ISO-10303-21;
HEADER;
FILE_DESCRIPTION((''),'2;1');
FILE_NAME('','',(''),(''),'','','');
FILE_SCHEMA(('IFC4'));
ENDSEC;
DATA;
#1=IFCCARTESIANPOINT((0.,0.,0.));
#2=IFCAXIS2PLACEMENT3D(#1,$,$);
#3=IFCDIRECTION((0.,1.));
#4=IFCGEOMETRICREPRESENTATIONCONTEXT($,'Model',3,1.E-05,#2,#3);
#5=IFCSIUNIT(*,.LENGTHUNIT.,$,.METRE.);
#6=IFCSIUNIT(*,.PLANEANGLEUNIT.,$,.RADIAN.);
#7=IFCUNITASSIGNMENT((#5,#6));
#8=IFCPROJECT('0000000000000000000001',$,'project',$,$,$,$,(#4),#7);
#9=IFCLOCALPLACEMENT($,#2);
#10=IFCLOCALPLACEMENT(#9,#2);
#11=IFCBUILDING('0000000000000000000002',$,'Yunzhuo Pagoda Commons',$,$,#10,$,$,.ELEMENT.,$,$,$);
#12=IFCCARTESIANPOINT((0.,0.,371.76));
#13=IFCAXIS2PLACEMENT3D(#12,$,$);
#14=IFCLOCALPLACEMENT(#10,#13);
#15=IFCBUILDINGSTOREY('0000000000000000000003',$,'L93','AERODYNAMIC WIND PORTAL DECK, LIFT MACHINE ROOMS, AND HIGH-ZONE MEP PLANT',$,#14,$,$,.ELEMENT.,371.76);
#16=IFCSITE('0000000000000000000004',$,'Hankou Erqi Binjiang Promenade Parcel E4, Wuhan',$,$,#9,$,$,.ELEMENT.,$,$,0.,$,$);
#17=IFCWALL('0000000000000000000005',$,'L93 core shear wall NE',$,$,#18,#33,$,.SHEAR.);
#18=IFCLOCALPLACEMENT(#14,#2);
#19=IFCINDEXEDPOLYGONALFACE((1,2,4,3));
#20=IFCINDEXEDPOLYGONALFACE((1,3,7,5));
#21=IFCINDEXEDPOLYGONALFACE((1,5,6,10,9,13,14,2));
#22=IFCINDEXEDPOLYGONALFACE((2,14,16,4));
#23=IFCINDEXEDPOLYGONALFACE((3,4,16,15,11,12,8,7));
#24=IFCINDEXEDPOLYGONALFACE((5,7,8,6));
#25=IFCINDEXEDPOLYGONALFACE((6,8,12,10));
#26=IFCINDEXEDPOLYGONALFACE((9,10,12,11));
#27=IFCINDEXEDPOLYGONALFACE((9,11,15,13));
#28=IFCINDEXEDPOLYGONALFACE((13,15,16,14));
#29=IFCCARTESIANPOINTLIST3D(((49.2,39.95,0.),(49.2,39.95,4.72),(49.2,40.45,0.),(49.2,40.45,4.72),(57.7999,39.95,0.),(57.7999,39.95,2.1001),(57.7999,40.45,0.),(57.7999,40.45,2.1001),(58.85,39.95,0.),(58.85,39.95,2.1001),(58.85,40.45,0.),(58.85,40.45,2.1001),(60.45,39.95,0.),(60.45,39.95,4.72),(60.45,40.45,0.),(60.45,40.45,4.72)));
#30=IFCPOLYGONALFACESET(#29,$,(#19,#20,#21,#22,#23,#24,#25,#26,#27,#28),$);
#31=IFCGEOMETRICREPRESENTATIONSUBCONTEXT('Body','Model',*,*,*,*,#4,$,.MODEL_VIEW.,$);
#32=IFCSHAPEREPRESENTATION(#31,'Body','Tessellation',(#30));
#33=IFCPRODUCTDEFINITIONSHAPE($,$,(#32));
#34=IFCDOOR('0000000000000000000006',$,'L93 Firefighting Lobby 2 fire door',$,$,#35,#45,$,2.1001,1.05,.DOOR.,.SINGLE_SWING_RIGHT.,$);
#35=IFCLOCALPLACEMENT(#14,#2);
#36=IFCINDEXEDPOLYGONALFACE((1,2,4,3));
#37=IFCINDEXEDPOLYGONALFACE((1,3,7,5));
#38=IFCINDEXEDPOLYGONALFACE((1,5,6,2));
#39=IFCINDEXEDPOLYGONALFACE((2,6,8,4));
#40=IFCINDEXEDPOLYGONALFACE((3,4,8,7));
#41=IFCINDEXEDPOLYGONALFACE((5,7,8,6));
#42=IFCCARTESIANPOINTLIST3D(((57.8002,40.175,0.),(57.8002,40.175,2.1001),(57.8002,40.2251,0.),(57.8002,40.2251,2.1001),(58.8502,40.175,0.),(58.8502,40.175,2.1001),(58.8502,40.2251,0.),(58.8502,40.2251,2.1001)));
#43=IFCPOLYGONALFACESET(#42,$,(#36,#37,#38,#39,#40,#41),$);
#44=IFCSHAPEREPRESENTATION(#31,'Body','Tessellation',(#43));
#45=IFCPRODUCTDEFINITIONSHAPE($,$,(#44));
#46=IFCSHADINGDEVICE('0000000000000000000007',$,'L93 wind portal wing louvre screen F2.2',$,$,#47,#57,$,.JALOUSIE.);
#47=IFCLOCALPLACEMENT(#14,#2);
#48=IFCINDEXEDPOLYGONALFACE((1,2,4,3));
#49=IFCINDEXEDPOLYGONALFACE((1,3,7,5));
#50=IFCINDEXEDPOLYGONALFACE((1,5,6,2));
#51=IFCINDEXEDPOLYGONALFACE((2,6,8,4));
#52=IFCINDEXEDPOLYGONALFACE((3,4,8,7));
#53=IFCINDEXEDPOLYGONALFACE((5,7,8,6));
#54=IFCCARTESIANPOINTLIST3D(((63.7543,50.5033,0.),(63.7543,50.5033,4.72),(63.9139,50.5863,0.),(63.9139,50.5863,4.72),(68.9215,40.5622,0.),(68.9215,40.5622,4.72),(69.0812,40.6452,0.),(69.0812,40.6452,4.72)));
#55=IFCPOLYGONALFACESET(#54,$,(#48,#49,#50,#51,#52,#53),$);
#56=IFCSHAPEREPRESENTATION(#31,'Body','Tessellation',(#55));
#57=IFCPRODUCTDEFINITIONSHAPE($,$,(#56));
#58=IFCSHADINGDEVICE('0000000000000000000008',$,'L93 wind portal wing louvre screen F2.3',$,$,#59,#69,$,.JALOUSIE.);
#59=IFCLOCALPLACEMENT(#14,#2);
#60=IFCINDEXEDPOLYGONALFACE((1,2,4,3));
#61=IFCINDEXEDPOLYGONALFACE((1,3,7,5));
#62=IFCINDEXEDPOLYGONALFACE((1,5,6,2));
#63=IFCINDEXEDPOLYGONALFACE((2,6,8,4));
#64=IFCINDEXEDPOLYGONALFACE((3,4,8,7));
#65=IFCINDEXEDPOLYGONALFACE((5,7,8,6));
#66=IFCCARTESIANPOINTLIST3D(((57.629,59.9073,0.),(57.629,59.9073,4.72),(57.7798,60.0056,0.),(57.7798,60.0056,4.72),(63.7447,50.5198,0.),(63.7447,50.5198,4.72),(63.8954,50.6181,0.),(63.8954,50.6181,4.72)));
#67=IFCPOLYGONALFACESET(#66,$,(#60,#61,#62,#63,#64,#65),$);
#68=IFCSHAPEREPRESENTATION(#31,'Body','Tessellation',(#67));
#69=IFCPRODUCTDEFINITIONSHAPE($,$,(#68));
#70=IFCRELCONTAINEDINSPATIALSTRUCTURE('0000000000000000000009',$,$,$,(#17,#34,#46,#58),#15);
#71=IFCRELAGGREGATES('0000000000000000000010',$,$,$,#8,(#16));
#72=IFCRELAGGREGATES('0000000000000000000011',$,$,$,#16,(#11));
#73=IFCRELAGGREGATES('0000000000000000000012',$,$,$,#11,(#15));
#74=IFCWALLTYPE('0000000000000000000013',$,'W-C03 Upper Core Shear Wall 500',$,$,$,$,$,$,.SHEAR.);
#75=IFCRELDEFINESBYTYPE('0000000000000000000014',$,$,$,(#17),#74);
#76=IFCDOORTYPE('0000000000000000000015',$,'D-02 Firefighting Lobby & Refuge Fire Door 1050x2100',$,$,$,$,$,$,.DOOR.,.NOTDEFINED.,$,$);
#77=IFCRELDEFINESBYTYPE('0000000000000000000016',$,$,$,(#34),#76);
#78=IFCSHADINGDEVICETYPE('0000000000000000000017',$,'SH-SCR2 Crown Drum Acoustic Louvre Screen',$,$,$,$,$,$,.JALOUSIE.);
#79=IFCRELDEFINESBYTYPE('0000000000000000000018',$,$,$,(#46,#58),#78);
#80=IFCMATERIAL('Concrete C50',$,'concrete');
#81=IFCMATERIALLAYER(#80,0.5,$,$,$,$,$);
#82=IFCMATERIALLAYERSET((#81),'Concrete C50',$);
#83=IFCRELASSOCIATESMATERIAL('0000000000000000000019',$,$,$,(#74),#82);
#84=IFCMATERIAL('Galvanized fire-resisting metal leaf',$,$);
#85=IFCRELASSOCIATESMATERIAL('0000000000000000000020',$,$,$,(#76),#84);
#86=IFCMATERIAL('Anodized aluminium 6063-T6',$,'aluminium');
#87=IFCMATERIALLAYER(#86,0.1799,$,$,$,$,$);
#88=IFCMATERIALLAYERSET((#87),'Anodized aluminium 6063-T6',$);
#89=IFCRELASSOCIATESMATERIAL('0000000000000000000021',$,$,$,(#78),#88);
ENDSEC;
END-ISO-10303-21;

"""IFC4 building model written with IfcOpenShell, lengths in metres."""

from ifc_helpers import new_model, si_unit, direction, frame, frame_2d, origin, origin_2d, place, context, subcontext, project, spatial, rectangle, extrude, source, transform, mapped, material, layer, layer_set, type_object, element, fill, save


model = new_model("IFC4")

# Units and contexts
model_context = context("Model", 3, precision=1e-05, world=origin(), true_north=direction((0.0, 1.0)))
body_context = subcontext(model_context, "Body", "Model", "MODEL_VIEW")
ifc_project = project(units=[si_unit("LENGTHUNIT", "METRE"), si_unit("PLANEANGLEUNIT", "RADIAN")], contexts=[model_context])

# Site, building, storey
site_placement = place(None, origin())
site = spatial("IfcSite", under=ifc_project, at=site_placement, Name="Hankou Erqi Binjiang Promenade Parcel E4, Wuhan", CompositionType="ELEMENT", RefElevation=0.0)
building_placement = place(site_placement, origin())
building = spatial("IfcBuilding", under=site, at=building_placement, Name="Yunzhuo Pagoda Commons", CompositionType="ELEMENT")
storey_placement = place(building_placement, frame((0.0, 0.0, 371.76)))
storey = spatial("IfcBuildingStorey", under=building, at=storey_placement, Name="L93", Description="AERODYNAMIC WIND PORTAL DECK, LIFT MACHINE ROOMS, AND HIGH-ZONE MEP PLANT", CompositionType="ELEMENT", Elevation=371.76)

# Wall, opening, door
ifc_material_1 = material(Name="Concrete C50", Category="concrete")
ifc_layer_1 = layer(ifc_material_1, 0.5)
ifc_layer_set_1 = layer_set([ifc_layer_1], Name="Concrete C50")
wall_type = type_object("IfcWallType", Name="W-C03 Upper Core Shear Wall 500", PredefinedType="SHEAR", material=ifc_layer_set_1)
wall_placement = place(storey_placement, frame((49.2, 40.2, 0.0), z_axis=(0.0, 0.0, 1.0), x_axis=(1.0, 0.0, 0.0)))
wall = element("IfcWall", 1, at=wall_placement, inside=storey, type_object=wall_type, Name="L93 core shear wall NE", PredefinedType="SHEAR", context=body_context, shape_type="SweptSolid", body=[
    extrude(rectangle(XDim=11.25, YDim=0.5, at=frame_2d((5.625, 0.0))), origin(), (0.0, 0.0, 1.0), 4.72),
])
opening_placement = place(wall_placement, frame((8.6001, 0.0, 0.0)))
opening = element("IfcOpeningElement", 2, at=opening_placement, cuts=wall, PredefinedType="OPENING", context=body_context, shape_type="SweptSolid", body=[
    extrude(rectangle(XDim=1.05, YDim=2.1001, at=frame_2d((0.5249, 1.05))), frame((0.0, 0.26, 0.0), z_axis=(0.0, -1.0, 0.0), x_axis=(1.0, 0.0, 0.0)), (0.0, 0.0, 1.0), 0.52),
])
ifc_material_2 = material(Name="Galvanized fire-resisting metal leaf")
door_type = type_object("IfcDoorType", Name="D-02 Firefighting Lobby & Refuge Fire Door 1050x2100", OperationType="NOTDEFINED", PredefinedType="DOOR", material=ifc_material_2)
shared_shape_1 = source(origin(), body_context, "Body", "SweptSolid", [
    extrude(rectangle(XDim=1.05, YDim=2.1001, at=frame_2d((0.5249, 1.05))), frame((0.0, 0.0249, 0.0), z_axis=(0.0, -1.0, 0.0), x_axis=(1.0, 0.0, 0.0)), (0.0, 0.0, 1.0), 0.05),
])
door_placement = place(opening_placement, frame((1.05, 0.0, 0.0), z_axis=(0.0, 0.0, 1.0), x_axis=(-1.0, 0.0, 0.0)))
door = element("IfcDoor", 3, at=door_placement, inside=storey, type_object=door_type, Name="L93 Firefighting Lobby 2 fire door", OperationType="SINGLE_SWING_RIGHT", OverallHeight=2.1001, OverallWidth=1.05, PredefinedType="DOOR", context=body_context, shape_type="MappedRepresentation", body=[
    mapped(shared_shape_1, transform((0.0, 0.0, 0.0), scale=1.0)),
])
fill(opening, door)

# Shared definitions
ifc_material_3 = material(Name="Anodized aluminium 6063-T6", Category="aluminium")

# Shading devices
ifc_layer_2 = layer(ifc_material_3, 0.1799)
ifc_layer_set_2 = layer_set([ifc_layer_2], Name="Anodized aluminium 6063-T6")
shading_device_type = type_object("IfcShadingDeviceType", Name="SH-SCR2 Crown Drum Acoustic Louvre Screen", PredefinedType="JALOUSIE", material=ifc_layer_set_2)
shared_shape_2 = source(origin(), body_context, "Body", "SweptSolid", [
    extrude(rectangle(XDim=11.2039, YDim=0.1799, at=origin_2d()), origin(), (0.0, 0.0, 1.0), 4.72),
])
for number, where, z_axis, x_axis, name in (
    (4, (66.4177, 45.5742, 0.0), (0.0, 0.0, 1.0), (-0.461207, 0.887293, 0.0), "L93 wind portal wing louvre screen F2.2"),
    (5, (60.7622, 55.2627, 0.0), (0.0, 0.0, 1.0), (-0.545853, 0.837881, 0.0), "L93 wind portal wing louvre screen F2.3"),
):
    element("IfcShadingDevice", number, at=place(storey_placement, frame(where, z_axis=z_axis, x_axis=x_axis)), inside=storey, type_object=shading_device_type, Name=name, PredefinedType="JALOUSIE", context=body_context, shape_type="MappedRepresentation", body=[
        mapped(shared_shape_2, transform((0.0, 0.0, 0.0), scale=1.0)),
    ])

save(model, "model.ifc")
